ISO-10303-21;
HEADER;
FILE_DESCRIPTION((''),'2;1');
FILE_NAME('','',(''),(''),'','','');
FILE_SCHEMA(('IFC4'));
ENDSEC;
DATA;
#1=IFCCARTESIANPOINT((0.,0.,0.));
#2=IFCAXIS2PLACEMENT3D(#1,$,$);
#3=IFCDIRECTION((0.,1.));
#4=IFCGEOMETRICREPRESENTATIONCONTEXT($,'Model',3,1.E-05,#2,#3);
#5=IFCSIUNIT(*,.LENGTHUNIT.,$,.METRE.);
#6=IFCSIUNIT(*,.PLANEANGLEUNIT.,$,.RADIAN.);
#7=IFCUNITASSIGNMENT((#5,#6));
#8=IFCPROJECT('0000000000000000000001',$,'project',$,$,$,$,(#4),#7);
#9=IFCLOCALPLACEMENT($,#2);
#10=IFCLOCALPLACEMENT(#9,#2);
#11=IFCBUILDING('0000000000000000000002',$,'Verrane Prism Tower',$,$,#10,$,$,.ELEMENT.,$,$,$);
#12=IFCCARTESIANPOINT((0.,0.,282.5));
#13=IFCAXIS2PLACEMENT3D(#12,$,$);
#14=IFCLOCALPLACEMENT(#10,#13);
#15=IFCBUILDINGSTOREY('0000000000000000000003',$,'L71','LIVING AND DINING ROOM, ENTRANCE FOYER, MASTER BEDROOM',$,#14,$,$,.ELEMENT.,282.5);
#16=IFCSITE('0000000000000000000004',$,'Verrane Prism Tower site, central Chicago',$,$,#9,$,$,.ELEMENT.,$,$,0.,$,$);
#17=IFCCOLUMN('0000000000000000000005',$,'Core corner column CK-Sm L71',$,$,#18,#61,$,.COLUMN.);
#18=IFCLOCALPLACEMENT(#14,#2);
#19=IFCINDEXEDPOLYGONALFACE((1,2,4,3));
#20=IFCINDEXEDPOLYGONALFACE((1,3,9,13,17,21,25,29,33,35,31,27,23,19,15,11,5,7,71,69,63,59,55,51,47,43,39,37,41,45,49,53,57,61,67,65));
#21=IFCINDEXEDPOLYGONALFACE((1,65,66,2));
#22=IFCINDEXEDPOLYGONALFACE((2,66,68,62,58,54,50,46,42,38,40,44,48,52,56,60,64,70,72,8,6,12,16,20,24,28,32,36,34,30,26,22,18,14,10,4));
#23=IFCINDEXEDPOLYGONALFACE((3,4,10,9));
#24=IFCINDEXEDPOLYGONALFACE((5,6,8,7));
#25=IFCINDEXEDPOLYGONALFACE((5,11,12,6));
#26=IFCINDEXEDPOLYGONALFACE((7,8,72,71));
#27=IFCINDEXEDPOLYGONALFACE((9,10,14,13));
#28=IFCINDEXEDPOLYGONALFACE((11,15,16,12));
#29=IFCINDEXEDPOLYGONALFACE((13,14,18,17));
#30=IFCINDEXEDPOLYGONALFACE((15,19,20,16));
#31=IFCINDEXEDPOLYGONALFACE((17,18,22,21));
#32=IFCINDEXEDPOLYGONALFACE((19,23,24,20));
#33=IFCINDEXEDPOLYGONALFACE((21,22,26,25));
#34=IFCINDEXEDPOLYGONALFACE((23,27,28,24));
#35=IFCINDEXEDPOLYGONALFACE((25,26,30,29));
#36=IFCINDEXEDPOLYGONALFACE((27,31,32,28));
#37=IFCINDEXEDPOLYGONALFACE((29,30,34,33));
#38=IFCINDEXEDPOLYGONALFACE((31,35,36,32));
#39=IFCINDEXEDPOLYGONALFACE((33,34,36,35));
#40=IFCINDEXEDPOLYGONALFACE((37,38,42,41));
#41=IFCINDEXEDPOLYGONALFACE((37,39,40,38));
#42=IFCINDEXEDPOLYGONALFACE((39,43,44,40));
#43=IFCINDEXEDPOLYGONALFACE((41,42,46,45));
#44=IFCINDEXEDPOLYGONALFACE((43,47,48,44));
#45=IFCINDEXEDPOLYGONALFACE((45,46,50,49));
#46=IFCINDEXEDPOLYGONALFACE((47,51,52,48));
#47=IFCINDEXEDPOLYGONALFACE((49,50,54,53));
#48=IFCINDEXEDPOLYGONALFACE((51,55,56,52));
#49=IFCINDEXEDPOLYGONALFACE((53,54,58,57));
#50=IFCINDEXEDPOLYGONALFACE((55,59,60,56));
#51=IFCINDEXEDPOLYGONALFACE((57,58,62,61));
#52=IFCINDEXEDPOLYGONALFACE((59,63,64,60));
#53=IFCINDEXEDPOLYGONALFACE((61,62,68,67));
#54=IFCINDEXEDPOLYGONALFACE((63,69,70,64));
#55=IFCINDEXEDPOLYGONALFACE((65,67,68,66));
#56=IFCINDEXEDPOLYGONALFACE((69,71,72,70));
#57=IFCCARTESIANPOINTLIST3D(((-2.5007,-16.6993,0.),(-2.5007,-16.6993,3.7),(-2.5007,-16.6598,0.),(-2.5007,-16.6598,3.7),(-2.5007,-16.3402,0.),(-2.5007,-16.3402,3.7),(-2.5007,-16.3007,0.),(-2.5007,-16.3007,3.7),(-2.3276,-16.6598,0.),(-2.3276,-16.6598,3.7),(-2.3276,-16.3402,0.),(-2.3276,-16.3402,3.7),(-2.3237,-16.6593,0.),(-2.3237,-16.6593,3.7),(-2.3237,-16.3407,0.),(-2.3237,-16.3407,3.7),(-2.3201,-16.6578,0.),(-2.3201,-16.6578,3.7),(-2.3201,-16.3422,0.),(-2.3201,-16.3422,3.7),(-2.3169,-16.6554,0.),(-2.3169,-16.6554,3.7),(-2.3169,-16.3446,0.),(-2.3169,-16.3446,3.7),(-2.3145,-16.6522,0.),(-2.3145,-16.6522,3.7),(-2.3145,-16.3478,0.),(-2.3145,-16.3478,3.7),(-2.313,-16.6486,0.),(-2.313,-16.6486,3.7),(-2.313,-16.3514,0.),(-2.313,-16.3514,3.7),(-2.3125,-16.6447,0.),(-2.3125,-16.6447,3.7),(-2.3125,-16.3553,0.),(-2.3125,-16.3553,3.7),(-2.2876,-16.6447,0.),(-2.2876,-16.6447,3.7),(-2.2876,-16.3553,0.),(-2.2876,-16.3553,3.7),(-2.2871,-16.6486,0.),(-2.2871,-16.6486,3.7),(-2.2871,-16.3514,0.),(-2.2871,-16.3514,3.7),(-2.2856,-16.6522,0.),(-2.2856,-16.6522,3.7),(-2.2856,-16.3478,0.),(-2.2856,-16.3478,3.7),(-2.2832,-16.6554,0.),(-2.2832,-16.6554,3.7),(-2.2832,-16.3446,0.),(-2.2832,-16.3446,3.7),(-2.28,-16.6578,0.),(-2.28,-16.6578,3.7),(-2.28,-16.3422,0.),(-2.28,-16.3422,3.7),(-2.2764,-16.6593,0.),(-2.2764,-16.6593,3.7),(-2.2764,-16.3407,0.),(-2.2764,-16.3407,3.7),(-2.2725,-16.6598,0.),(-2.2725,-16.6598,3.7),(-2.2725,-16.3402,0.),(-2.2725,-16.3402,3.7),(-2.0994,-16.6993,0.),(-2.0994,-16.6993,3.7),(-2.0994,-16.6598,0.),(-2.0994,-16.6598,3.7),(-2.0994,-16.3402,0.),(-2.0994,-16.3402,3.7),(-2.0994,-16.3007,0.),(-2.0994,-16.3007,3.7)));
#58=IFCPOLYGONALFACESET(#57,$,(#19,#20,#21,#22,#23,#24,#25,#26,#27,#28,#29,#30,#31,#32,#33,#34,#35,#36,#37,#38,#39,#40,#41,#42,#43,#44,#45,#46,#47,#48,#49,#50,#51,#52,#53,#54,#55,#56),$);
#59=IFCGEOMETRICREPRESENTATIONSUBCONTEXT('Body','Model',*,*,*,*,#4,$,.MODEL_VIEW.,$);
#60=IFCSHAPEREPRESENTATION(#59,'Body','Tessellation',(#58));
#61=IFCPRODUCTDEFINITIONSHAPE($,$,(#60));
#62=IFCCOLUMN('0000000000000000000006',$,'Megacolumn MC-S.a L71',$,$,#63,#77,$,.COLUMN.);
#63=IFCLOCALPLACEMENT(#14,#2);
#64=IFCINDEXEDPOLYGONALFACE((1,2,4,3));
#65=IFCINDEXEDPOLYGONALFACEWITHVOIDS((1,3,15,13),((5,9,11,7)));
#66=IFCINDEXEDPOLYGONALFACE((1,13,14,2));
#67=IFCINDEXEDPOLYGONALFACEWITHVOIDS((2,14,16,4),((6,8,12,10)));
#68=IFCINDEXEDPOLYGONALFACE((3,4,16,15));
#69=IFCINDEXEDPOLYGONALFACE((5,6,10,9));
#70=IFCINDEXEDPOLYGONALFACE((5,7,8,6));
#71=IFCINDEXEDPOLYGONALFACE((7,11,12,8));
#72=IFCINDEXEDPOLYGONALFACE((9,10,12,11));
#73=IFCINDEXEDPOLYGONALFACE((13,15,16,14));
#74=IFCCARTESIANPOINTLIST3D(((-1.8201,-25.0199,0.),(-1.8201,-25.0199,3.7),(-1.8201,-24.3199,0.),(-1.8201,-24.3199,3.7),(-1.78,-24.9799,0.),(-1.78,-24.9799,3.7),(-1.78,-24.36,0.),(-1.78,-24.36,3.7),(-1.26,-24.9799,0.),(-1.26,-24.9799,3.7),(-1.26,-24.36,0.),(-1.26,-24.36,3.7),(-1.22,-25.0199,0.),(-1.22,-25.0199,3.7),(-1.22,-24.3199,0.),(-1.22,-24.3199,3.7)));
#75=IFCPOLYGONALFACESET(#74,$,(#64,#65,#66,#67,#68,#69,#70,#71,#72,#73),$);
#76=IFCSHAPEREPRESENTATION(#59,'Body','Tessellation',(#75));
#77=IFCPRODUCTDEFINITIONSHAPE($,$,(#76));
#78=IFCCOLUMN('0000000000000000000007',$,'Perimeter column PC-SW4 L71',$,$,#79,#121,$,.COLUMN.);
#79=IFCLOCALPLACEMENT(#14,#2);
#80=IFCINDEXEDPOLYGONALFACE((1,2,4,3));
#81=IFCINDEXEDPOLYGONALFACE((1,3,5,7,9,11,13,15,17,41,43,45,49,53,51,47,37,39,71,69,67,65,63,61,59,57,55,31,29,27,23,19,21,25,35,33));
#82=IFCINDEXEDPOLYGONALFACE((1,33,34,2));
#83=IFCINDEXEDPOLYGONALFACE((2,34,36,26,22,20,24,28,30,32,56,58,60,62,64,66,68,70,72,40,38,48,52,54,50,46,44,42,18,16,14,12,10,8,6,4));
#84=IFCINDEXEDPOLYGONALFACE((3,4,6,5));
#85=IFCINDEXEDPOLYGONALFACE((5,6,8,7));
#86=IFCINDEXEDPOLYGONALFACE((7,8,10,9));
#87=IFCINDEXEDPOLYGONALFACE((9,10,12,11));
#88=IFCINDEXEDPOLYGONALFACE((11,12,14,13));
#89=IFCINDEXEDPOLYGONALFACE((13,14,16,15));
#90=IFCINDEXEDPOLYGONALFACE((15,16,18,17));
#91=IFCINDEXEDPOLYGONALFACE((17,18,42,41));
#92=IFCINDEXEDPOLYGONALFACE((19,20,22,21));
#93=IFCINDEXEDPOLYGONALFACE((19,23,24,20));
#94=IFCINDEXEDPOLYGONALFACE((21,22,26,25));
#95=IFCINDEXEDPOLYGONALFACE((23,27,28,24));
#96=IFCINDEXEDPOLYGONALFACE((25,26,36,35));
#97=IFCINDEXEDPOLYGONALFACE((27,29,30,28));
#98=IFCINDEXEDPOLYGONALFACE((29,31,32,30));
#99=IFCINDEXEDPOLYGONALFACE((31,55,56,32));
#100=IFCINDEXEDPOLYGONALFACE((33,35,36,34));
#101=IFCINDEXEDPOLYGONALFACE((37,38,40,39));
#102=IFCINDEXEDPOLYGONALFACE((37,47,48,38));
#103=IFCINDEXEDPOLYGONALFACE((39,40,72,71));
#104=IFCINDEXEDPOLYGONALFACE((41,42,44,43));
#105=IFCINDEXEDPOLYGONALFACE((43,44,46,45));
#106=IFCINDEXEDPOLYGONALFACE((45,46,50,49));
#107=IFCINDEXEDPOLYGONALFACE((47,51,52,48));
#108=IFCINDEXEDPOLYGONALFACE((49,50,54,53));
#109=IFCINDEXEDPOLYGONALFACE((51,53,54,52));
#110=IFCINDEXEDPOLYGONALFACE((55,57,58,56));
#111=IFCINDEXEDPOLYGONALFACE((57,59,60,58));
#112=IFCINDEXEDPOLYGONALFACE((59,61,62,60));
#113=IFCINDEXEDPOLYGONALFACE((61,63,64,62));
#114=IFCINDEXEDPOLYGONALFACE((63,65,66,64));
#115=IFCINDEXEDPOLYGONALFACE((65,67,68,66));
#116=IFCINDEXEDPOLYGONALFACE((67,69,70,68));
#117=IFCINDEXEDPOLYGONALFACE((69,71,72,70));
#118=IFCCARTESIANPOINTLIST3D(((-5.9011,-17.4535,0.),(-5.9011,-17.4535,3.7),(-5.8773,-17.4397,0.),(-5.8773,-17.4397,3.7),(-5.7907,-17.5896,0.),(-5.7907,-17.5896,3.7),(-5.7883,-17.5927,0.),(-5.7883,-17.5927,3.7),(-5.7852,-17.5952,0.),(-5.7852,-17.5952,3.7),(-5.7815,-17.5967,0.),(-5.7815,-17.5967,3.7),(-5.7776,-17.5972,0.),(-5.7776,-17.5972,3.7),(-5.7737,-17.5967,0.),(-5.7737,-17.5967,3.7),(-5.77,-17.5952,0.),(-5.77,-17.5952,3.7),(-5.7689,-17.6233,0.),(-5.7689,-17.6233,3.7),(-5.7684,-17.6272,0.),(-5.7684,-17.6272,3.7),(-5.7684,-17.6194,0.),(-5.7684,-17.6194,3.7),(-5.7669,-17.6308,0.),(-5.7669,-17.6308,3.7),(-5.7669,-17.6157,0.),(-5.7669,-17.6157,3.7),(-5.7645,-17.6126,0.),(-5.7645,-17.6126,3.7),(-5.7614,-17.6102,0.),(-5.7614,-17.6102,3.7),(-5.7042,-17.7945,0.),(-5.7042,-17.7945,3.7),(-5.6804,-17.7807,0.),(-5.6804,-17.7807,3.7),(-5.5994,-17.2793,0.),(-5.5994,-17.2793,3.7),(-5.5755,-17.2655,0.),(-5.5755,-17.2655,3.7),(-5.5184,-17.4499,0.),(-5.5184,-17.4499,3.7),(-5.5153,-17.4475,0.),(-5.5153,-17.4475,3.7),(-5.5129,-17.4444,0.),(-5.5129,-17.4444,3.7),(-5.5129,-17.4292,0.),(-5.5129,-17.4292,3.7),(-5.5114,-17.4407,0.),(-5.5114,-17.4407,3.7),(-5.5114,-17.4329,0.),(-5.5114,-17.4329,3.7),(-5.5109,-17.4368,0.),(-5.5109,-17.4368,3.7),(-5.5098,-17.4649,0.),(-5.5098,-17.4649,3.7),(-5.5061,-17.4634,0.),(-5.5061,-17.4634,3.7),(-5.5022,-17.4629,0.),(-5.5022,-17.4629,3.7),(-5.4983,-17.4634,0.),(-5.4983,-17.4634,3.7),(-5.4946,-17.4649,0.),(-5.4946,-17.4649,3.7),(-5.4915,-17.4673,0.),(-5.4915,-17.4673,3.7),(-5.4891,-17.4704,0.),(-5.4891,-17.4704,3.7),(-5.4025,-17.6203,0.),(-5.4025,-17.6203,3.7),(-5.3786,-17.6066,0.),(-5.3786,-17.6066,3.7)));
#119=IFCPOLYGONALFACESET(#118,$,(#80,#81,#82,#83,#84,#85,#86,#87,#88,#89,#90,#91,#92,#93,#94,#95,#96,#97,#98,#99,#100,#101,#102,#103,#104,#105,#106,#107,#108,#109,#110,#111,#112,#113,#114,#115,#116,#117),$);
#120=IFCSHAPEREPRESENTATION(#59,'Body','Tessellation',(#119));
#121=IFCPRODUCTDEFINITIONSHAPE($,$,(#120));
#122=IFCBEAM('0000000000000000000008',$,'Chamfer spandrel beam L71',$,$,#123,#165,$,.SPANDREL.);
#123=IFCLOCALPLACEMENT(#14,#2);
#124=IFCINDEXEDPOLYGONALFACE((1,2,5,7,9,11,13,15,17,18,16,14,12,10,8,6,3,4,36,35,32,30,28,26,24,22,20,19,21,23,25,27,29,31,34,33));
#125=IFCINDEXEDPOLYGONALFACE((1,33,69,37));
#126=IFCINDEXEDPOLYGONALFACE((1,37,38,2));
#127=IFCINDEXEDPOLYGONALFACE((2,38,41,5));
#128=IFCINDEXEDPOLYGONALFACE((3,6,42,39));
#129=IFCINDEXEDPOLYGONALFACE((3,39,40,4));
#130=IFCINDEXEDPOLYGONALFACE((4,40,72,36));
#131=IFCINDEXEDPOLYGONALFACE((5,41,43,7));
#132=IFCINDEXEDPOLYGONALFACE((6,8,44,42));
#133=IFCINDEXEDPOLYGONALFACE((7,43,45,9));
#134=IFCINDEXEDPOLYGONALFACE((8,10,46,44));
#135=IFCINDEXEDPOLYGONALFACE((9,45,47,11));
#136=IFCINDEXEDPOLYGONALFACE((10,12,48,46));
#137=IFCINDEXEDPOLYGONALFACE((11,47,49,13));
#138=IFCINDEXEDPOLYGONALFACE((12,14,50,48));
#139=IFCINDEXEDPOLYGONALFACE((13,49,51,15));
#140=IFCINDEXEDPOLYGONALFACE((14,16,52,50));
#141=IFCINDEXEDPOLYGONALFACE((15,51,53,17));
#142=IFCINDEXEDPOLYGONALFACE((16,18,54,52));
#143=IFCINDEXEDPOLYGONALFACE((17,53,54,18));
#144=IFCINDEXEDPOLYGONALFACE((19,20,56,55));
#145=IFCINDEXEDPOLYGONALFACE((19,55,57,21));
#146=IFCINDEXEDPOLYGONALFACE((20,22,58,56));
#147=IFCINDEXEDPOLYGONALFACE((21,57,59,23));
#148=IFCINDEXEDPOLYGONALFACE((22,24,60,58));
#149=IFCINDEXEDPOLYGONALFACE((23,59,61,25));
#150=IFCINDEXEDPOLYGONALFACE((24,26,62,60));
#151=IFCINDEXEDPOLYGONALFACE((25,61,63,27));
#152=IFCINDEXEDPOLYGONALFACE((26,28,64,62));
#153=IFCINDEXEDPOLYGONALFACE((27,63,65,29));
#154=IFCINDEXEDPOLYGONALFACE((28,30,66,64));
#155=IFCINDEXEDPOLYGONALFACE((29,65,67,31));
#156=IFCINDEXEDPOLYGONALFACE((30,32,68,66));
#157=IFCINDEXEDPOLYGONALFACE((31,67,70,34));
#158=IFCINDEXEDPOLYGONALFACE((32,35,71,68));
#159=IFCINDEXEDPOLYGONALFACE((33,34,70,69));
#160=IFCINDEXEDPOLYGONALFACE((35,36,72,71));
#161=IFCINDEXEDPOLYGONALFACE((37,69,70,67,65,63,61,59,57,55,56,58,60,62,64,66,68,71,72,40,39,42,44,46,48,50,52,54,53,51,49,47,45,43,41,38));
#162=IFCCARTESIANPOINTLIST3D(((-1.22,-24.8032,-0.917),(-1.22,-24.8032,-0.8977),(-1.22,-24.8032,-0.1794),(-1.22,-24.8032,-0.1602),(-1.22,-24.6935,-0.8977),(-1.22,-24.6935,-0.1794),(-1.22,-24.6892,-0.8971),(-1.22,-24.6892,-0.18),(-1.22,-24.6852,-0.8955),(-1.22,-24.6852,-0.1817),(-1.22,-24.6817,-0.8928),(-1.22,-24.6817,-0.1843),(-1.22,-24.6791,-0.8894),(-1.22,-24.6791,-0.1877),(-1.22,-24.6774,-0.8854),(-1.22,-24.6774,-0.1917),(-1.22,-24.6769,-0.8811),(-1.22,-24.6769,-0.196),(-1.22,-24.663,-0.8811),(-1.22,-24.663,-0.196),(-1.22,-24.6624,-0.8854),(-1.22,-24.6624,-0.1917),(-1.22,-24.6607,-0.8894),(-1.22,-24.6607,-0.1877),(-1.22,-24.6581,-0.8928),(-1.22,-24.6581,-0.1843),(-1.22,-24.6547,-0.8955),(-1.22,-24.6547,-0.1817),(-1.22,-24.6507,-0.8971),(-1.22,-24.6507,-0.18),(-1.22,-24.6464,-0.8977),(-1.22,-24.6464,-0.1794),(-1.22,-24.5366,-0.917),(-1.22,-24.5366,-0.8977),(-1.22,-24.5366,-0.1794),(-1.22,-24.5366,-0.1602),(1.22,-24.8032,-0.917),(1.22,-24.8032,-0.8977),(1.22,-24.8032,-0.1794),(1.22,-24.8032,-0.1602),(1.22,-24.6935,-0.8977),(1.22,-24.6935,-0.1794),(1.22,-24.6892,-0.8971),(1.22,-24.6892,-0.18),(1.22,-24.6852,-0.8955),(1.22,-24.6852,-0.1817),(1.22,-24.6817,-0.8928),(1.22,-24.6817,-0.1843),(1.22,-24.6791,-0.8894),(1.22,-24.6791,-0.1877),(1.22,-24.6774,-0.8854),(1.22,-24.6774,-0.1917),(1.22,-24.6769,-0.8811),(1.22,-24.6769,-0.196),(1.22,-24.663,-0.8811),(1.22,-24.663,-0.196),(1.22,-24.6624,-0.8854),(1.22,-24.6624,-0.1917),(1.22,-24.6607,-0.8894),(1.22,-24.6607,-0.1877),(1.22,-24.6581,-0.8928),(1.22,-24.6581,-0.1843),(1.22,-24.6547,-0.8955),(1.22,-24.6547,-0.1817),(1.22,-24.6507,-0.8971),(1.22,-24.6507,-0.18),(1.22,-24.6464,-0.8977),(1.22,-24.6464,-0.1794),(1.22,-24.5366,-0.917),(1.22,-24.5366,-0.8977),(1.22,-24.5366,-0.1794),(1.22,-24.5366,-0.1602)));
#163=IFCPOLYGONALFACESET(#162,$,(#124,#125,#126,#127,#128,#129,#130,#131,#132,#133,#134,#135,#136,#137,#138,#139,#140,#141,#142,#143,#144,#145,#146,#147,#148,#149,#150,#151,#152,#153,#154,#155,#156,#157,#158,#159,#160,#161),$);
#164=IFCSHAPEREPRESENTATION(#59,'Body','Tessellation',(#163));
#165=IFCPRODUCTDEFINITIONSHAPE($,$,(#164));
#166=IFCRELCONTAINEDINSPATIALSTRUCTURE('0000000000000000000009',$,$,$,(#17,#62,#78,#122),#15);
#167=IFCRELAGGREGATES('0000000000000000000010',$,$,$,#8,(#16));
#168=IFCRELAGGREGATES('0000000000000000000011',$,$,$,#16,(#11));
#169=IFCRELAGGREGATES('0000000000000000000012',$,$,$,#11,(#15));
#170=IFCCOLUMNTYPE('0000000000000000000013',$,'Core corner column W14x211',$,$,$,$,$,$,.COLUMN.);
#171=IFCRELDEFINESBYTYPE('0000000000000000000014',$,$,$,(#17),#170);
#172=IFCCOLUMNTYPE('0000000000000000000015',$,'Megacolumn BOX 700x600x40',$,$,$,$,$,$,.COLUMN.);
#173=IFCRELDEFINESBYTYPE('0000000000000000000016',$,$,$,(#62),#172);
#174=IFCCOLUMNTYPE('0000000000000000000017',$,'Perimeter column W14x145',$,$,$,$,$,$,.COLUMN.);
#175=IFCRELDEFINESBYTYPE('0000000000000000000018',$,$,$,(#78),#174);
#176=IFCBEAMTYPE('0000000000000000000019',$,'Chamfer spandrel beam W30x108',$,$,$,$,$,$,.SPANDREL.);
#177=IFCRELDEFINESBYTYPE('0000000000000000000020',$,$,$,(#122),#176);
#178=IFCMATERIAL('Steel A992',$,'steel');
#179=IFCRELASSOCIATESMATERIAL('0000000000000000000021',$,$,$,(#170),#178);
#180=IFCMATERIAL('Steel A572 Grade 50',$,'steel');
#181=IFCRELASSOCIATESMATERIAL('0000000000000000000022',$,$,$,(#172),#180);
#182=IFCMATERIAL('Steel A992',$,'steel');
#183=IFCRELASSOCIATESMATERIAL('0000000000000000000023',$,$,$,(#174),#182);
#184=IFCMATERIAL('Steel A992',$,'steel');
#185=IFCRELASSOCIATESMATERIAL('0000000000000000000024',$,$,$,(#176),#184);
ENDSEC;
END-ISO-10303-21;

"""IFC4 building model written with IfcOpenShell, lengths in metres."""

from ifc_helpers import new_model, si_unit, direction, frame, origin, origin_2d, place, context, subcontext, project, spatial, hollow_rectangle, i_section, extrude, material, material_profile, profile_set, type_object, element, save


model = new_model("IFC4")

# Units and contexts
model_context = context("Model", 3, precision=1e-05, world=origin(), true_north=direction((0.0, 1.0)))
body_context = subcontext(model_context, "Body", "Model", "MODEL_VIEW")
ifc_project = project(units=[si_unit("LENGTHUNIT", "METRE"), si_unit("PLANEANGLEUNIT", "RADIAN")], contexts=[model_context])

# Site, building, storey
site_placement = place(None, origin())
site = spatial("IfcSite", under=ifc_project, at=site_placement, Name="Verrane Prism Tower site, central Chicago", CompositionType="ELEMENT", RefElevation=0.0)
building_placement = place(site_placement, origin())
building = spatial("IfcBuilding", under=site, at=building_placement, Name="Verrane Prism Tower", CompositionType="ELEMENT")
storey_placement = place(building_placement, frame((0.0, 0.0, 282.5)))
storey = spatial("IfcBuildingStorey", under=building, at=storey_placement, Name="L71", Description="LIVING AND DINING ROOM, ENTRANCE FOYER, MASTER BEDROOM", CompositionType="ELEMENT", Elevation=282.5)

# Columns
ifc_material_1 = material(Name="Steel A992", Category="steel")
ifc_material_profile_1 = material_profile(ifc_material_1, i_section(OverallWidth=0.4014, OverallDepth=0.3987, WebThickness=0.0249, FlangeThickness=0.0396, FilletRadius=0.0151, at=origin_2d()), Name="W14x211")
ifc_profile_set_1 = profile_set([ifc_material_profile_1], Name="Steel A992")
column_type_1 = type_object("IfcColumnType", Name="Core corner column W14x211", PredefinedType="COLUMN", material=ifc_profile_set_1)
column_1_placement = place(storey_placement, frame((-2.3, -16.5, 0.0), z_axis=(0.0, 0.0, 1.0), x_axis=(-1.0, 0.0, 0.0)))
element("IfcColumn", 1, at=column_1_placement, inside=storey, type_object=column_type_1, Name="Core corner column CK-Sm L71", PredefinedType="COLUMN", context=body_context, shape_type="SweptSolid", body=[
    extrude(i_section(OverallWidth=0.4014, OverallDepth=0.3987, WebThickness=0.0249, FlangeThickness=0.0396, FilletRadius=0.0151, at=origin_2d()), origin(), (0.0, 0.0, 1.0), 3.7),
])
ifc_material_2 = material(Name="Steel A572 Grade 50", Category="steel")
ifc_material_profile_2 = material_profile(ifc_material_2, hollow_rectangle(XDim=0.6001, YDim=0.7, WallThickness=0.04, at=origin_2d()), Name="BOX 700x600x40")
ifc_profile_set_2 = profile_set([ifc_material_profile_2], Name="Steel A572 Grade 50")
column_type_2 = type_object("IfcColumnType", Name="Megacolumn BOX 700x600x40", PredefinedType="COLUMN", material=ifc_profile_set_2)
column_2_placement = place(storey_placement, frame((-1.52, -24.6699, 0.0), z_axis=(0.0, 0.0, 1.0), x_axis=(-1.0, 0.0, 0.0)))
element("IfcColumn", 2, at=column_2_placement, inside=storey, type_object=column_type_2, Name="Megacolumn MC-S.a L71", PredefinedType="COLUMN", context=body_context, shape_type="SweptSolid", body=[
    extrude(hollow_rectangle(XDim=0.6001, YDim=0.7, WallThickness=0.04, at=origin_2d()), origin(), (0.0, 0.0, 1.0), 3.7),
])
ifc_material_3 = material(Name="Steel A992", Category="steel")
ifc_material_profile_3 = material_profile(ifc_material_3, i_section(OverallWidth=0.3938, OverallDepth=0.376, WebThickness=0.0173, FlangeThickness=0.0276, FilletRadius=0.0151, at=origin_2d()), Name="W14x145")
ifc_profile_set_3 = profile_set([ifc_material_profile_3], Name="Steel A992")
column_type_3 = type_object("IfcColumnType", Name="Perimeter column W14x145", PredefinedType="COLUMN", material=ifc_profile_set_3)
column_3_placement = place(storey_placement, frame((-5.6399, -17.53, 0.0), z_axis=(0.0, 0.0, 1.0), x_axis=(-0.5, 0.866025, 0.0)))
element("IfcColumn", 3, at=column_3_placement, inside=storey, type_object=column_type_3, Name="Perimeter column PC-SW4 L71", PredefinedType="COLUMN", context=body_context, shape_type="SweptSolid", body=[
    extrude(i_section(OverallWidth=0.3938, OverallDepth=0.376, WebThickness=0.0173, FlangeThickness=0.0276, FilletRadius=0.0151, at=origin_2d()), origin(), (0.0, 0.0, 1.0), 3.7),
])

# Beam
ifc_material_4 = material(Name="Steel A992", Category="steel")
ifc_material_profile_4 = material_profile(ifc_material_4, i_section(OverallWidth=0.2666, OverallDepth=0.7568, WebThickness=0.0139, FlangeThickness=0.0193, FilletRadius=0.0166, at=origin_2d()), Name="W30x108")
ifc_profile_set_4 = profile_set([ifc_material_profile_4], Name="Steel A992")
beam_type_1 = type_object("IfcBeamType", Name="Chamfer spandrel beam W30x108", PredefinedType="SPANDREL", material=ifc_profile_set_4)
beam_1_placement = place(storey_placement, frame((-1.22, -24.6699, -0.5386), z_axis=(1.0, 0.0, 0.0), x_axis=(0.0, 1.0, 0.0)))
element("IfcBeam", 4, at=beam_1_placement, inside=storey, type_object=beam_type_1, Name="Chamfer spandrel beam L71", PredefinedType="SPANDREL", context=body_context, shape_type="SweptSolid", body=[
    extrude(i_section(OverallWidth=0.2666, OverallDepth=0.7568, WebThickness=0.0139, FlangeThickness=0.0193, FilletRadius=0.0166, at=origin_2d()), origin(), (0.0, 0.0, 1.0), 2.4399),
])

save(model, "model.ifc")
